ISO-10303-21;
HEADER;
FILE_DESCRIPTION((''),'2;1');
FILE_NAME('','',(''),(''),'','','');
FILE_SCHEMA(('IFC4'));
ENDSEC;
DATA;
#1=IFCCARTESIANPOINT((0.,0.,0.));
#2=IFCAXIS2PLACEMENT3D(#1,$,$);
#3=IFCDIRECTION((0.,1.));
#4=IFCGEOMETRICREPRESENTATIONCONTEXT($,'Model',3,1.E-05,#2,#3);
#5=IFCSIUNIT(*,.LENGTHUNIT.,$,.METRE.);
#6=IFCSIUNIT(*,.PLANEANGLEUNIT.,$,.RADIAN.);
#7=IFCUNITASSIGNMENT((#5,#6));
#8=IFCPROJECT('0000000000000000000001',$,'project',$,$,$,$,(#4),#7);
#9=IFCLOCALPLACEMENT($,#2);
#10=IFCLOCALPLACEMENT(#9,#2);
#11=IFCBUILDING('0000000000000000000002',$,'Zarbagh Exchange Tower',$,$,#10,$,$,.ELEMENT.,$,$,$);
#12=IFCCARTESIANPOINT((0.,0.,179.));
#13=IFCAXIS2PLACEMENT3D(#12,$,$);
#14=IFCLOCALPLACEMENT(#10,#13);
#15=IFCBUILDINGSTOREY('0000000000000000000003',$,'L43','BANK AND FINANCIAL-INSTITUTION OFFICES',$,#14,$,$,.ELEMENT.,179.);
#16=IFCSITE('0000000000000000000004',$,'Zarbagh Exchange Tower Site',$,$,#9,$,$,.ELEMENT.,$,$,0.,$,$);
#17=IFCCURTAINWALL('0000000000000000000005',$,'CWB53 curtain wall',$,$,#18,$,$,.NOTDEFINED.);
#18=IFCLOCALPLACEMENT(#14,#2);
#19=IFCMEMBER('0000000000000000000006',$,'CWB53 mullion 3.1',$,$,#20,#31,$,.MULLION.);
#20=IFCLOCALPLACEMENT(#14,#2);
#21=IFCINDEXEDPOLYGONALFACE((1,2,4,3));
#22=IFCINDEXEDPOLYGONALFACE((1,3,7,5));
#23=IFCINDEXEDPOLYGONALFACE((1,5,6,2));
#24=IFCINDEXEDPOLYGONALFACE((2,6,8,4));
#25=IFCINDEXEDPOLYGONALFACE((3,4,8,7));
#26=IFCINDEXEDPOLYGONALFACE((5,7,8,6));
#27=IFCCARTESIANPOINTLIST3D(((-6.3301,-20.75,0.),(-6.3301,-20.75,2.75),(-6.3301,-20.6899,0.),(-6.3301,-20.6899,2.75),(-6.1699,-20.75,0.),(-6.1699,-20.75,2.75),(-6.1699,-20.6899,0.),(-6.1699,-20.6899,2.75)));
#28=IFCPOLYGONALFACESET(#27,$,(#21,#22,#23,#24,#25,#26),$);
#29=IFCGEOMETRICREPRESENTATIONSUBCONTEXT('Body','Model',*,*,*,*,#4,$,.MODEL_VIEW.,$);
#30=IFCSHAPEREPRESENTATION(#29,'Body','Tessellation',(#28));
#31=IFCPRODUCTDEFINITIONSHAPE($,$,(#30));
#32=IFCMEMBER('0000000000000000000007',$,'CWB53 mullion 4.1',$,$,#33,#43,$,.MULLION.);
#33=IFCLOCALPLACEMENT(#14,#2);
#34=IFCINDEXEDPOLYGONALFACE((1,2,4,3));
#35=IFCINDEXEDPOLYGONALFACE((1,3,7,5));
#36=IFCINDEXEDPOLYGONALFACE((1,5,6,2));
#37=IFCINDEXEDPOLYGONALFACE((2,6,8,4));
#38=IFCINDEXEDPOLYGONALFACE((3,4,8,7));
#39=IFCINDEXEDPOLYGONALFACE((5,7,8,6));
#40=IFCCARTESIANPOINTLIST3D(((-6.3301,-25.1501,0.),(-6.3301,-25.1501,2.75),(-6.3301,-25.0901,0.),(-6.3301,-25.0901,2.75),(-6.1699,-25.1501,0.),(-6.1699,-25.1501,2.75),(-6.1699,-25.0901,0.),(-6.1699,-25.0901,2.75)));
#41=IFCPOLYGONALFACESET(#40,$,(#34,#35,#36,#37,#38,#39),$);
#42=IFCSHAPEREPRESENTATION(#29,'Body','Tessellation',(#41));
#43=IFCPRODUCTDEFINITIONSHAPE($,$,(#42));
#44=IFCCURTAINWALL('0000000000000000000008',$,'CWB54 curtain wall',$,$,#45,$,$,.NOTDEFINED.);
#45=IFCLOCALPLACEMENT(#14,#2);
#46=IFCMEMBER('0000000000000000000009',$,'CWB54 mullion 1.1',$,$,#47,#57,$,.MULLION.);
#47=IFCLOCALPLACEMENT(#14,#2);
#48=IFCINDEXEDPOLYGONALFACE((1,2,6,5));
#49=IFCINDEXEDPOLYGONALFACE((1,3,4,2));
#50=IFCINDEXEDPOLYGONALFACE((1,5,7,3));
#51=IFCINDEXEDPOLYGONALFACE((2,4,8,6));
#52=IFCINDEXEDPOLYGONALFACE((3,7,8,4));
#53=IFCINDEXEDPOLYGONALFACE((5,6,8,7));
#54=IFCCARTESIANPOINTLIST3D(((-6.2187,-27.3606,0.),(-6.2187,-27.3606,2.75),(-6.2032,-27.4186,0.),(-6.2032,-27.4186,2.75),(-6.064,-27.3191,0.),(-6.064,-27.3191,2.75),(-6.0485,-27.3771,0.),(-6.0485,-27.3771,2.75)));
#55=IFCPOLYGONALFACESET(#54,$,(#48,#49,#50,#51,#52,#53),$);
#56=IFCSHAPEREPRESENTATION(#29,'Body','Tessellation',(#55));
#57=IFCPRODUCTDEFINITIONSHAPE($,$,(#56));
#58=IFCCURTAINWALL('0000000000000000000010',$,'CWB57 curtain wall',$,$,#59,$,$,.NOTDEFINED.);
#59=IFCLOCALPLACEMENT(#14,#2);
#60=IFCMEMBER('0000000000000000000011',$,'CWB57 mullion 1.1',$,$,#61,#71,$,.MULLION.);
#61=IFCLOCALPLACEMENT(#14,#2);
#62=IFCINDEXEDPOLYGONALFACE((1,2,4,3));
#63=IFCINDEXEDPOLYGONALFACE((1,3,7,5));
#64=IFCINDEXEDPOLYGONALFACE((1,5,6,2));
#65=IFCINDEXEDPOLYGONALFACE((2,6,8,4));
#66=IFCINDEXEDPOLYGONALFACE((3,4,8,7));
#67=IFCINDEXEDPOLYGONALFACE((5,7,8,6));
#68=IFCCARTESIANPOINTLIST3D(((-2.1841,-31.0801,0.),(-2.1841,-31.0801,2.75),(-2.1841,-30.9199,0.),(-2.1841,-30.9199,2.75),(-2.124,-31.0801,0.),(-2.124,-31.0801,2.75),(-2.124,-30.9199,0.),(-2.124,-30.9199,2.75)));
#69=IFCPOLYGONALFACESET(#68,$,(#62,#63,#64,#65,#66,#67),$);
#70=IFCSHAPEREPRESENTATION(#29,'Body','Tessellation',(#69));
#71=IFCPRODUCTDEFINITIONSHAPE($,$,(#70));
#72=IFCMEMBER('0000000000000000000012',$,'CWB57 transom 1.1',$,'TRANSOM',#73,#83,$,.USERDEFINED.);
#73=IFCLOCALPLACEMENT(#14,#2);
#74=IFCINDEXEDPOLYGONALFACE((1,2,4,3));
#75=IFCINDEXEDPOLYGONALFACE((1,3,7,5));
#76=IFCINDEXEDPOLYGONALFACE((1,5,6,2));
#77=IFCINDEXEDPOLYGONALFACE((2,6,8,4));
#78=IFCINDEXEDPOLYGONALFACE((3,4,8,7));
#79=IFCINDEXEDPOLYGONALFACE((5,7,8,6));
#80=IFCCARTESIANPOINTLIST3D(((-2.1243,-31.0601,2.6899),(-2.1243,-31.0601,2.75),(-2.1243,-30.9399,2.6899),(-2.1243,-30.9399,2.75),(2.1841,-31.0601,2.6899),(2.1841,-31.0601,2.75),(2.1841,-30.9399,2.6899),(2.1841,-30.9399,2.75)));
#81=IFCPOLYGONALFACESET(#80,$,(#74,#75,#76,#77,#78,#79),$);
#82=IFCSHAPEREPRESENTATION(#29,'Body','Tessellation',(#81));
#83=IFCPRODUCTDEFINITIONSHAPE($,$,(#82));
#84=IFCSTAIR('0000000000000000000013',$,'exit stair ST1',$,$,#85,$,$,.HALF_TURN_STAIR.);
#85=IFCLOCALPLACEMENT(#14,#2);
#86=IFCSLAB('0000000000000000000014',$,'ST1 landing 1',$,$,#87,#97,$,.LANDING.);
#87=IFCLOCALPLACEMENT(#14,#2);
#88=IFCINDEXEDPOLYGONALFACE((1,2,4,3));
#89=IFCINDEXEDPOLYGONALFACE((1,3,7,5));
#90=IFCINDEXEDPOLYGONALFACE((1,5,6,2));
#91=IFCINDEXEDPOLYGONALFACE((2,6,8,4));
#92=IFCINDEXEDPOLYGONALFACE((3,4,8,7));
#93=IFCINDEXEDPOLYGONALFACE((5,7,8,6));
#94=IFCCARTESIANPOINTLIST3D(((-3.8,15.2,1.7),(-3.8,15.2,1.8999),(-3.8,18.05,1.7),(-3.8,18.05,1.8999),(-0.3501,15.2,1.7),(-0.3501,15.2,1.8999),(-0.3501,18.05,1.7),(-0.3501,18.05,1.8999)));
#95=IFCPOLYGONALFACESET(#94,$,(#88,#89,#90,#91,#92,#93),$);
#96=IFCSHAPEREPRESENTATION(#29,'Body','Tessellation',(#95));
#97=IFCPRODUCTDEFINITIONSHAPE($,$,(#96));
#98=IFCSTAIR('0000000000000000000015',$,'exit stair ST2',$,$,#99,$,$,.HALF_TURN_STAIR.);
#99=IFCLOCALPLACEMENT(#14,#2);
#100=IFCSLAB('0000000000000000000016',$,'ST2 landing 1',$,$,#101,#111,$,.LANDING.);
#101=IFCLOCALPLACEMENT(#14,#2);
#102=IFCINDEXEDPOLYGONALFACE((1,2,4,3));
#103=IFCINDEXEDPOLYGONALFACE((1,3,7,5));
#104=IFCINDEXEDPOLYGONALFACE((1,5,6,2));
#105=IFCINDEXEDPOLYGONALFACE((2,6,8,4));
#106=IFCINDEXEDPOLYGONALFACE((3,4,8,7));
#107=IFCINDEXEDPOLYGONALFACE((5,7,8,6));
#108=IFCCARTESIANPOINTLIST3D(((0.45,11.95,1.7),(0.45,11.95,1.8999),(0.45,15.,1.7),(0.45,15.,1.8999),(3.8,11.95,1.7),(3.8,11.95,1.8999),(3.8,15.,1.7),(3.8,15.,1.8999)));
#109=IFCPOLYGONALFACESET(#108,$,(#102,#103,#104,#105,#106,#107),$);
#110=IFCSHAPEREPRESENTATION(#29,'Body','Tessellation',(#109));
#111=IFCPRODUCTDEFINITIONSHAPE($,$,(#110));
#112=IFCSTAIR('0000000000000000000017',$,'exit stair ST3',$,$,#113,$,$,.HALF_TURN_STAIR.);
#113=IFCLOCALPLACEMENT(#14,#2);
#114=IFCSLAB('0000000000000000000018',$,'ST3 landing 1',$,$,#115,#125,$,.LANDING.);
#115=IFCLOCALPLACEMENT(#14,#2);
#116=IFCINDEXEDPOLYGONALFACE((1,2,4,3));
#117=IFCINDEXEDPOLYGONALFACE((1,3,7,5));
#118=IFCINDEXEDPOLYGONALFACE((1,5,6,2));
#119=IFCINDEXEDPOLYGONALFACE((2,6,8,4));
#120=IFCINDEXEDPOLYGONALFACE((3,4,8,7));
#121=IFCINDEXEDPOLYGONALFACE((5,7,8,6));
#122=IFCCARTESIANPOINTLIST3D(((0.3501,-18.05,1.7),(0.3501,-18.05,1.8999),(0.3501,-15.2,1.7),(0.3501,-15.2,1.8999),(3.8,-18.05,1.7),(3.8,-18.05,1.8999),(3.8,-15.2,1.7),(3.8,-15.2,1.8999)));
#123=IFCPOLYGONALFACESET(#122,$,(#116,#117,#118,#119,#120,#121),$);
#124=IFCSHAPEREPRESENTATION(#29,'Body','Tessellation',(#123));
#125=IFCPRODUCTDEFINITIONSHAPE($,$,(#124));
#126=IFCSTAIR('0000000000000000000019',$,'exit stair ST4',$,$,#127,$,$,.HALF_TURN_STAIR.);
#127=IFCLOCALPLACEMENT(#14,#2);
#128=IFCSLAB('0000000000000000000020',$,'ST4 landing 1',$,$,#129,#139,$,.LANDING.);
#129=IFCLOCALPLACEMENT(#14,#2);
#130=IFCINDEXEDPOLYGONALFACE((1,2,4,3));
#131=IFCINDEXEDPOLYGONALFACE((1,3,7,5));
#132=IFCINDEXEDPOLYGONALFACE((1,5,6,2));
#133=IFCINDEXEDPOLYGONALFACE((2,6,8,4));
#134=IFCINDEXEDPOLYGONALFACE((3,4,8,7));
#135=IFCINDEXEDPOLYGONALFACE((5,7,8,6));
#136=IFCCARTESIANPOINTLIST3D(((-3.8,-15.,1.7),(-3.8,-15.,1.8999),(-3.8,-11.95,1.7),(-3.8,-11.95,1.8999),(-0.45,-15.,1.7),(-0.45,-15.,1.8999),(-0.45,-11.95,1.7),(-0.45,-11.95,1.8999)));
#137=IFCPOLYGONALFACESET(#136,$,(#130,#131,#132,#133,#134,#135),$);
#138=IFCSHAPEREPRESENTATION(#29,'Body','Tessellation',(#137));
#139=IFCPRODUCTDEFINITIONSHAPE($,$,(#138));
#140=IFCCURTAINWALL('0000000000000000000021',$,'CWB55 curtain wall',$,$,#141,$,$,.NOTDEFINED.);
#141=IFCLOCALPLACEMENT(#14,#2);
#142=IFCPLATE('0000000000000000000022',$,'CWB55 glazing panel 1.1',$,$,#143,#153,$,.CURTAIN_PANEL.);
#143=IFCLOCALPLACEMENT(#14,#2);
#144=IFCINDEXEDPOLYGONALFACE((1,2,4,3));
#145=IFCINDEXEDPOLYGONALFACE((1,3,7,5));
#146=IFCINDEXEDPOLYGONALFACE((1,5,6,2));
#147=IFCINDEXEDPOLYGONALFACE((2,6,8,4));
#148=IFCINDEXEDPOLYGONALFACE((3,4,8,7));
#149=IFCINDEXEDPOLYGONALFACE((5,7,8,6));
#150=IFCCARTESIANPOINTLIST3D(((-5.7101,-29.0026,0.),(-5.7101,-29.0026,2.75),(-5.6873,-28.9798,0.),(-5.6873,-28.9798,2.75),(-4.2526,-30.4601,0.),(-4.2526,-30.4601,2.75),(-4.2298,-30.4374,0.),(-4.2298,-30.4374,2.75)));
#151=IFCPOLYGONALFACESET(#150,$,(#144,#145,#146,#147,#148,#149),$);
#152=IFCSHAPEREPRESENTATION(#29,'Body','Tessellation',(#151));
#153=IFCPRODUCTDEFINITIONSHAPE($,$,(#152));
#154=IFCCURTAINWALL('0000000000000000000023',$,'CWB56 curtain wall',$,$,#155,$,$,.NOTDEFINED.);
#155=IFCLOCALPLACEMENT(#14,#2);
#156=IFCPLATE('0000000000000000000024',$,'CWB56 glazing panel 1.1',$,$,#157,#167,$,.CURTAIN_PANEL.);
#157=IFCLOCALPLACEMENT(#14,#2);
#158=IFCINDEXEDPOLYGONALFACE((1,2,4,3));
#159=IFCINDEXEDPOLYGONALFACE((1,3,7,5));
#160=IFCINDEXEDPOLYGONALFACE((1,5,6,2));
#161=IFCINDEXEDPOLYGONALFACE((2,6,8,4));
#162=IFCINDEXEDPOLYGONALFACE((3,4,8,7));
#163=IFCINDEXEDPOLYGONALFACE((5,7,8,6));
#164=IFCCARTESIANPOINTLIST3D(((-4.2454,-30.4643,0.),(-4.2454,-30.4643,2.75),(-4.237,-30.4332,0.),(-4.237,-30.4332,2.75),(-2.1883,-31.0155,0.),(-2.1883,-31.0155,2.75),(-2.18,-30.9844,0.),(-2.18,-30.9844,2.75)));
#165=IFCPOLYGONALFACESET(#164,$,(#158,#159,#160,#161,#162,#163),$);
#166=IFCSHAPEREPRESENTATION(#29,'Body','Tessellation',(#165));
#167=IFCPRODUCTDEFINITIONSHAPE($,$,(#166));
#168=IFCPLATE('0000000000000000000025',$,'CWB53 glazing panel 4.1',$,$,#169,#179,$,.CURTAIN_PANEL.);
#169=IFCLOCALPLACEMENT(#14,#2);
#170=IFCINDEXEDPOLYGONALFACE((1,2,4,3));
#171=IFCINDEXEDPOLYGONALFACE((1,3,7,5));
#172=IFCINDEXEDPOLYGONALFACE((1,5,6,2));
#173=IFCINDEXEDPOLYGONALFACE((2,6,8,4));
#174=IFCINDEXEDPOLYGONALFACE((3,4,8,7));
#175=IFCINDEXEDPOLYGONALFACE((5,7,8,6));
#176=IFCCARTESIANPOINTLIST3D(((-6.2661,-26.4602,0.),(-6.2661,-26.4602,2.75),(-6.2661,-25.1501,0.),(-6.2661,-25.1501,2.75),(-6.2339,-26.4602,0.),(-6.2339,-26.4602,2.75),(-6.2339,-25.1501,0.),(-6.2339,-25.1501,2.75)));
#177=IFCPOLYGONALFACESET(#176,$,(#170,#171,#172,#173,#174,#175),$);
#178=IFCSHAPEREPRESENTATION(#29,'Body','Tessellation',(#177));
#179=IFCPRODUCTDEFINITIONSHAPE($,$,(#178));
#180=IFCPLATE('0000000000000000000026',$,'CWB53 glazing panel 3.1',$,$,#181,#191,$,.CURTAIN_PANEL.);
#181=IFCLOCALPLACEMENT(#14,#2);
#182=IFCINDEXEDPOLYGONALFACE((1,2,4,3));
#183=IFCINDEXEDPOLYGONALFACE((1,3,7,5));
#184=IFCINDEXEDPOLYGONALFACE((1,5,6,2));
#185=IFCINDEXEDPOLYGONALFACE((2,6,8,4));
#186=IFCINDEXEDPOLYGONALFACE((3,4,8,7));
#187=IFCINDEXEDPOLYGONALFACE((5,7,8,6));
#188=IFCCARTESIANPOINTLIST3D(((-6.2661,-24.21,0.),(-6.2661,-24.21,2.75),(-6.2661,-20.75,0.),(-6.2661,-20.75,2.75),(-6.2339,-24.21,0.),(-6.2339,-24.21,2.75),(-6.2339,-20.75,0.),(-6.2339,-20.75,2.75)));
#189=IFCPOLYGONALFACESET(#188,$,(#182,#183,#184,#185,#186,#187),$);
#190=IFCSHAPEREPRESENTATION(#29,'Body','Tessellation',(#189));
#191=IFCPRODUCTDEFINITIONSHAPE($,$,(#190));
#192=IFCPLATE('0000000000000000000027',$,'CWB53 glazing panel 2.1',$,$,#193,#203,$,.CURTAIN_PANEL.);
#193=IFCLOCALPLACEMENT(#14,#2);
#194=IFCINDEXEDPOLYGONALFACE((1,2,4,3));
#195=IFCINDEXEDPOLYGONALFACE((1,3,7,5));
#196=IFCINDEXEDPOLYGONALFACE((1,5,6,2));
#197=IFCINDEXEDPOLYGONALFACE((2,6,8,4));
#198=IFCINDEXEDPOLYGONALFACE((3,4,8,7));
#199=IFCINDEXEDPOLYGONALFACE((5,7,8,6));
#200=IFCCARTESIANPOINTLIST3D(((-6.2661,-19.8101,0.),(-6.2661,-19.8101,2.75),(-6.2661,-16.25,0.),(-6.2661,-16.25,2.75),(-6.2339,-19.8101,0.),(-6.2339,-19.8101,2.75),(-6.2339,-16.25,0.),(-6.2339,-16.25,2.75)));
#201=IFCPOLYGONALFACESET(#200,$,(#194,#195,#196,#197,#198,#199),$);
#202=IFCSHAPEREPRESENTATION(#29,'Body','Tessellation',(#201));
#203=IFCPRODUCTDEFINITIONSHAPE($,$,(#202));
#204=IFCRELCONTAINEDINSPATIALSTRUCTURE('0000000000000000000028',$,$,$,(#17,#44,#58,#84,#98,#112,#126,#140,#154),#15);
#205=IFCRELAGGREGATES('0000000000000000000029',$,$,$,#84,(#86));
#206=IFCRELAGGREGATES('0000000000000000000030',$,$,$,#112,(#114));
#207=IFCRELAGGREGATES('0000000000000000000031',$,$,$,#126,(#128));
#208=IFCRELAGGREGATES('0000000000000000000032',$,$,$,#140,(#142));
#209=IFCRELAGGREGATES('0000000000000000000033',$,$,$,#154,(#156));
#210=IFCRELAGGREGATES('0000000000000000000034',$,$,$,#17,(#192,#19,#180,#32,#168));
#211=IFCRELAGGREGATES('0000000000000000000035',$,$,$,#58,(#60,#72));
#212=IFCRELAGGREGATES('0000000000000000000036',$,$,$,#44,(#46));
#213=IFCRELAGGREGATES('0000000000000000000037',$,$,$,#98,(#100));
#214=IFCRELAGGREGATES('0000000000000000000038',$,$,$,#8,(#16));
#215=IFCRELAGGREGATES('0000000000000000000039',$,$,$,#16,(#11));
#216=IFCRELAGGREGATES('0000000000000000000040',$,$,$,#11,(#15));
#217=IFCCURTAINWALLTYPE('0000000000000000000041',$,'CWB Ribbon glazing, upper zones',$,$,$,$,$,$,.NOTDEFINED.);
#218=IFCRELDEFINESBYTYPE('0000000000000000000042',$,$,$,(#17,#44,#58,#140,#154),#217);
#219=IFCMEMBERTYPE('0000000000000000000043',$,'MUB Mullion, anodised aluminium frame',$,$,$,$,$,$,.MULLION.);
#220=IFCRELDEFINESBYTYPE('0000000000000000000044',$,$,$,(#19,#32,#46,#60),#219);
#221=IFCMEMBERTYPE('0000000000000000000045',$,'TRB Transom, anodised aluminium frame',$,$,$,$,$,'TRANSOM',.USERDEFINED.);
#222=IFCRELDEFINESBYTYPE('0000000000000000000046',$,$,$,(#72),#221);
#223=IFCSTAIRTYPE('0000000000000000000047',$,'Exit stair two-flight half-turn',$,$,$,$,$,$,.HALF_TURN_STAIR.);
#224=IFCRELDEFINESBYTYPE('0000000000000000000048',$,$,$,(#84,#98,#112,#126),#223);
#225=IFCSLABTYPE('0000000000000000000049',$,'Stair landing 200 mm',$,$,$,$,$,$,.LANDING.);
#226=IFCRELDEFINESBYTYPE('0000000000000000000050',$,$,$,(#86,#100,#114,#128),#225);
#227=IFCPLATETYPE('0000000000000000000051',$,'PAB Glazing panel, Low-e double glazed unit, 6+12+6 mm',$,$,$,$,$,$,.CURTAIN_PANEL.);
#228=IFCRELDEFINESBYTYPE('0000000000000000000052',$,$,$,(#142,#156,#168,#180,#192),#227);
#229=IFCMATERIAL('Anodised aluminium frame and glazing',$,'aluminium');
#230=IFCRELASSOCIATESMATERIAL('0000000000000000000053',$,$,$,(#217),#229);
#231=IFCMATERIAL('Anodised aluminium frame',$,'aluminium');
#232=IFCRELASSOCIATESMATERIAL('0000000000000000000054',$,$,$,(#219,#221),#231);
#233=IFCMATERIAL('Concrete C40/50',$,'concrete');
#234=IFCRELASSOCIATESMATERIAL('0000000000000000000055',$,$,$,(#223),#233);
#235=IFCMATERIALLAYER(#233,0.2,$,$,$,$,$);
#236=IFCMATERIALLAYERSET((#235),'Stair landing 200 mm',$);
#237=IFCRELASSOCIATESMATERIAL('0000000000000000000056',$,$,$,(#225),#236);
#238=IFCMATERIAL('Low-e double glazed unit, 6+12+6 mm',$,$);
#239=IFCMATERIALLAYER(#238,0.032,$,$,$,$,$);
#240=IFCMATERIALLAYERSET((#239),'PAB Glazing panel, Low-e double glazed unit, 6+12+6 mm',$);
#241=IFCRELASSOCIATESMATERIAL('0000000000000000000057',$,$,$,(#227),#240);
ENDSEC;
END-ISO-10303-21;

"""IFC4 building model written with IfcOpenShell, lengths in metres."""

from ifc_helpers import new_model, si_unit, direction, frame, origin, place, context, subcontext, project, spatial, polyline, outline, extrude, source, transform, mapped, material, layer, layer_set, type_object, element, aggregate, save


model = new_model("IFC4")

# Units and contexts
model_context = context("Model", 3, precision=1e-05, world=origin(), true_north=direction((0.0, 1.0)))
body_context = subcontext(model_context, "Body", "Model", "MODEL_VIEW")
ifc_project = project(units=[si_unit("LENGTHUNIT", "METRE"), si_unit("PLANEANGLEUNIT", "RADIAN")], contexts=[model_context])

# Site, building, storey
site_placement = place(None, origin())
site = spatial("IfcSite", under=ifc_project, at=site_placement, Name="Zarbagh Exchange Tower Site", CompositionType="ELEMENT", RefElevation=0.0)
building_placement = place(site_placement, origin())
building = spatial("IfcBuilding", under=site, at=building_placement, Name="Zarbagh Exchange Tower", CompositionType="ELEMENT")
storey_placement = place(building_placement, frame((0.0, 0.0, 179.0)))
storey = spatial("IfcBuildingStorey", under=building, at=storey_placement, Name="L43", Description="BANK AND FINANCIAL-INSTITUTION OFFICES", CompositionType="ELEMENT", Elevation=179.0)

# Curtain wall, members
ifc_material_1 = material(Name="Anodised aluminium frame and glazing", Category="aluminium")
curtain_wall_type = type_object("IfcCurtainWallType", Name="CWB Ribbon glazing, upper zones", PredefinedType="NOTDEFINED", material=ifc_material_1)
curtain_wall_1_placement = place(storey_placement, origin())
curtain_wall_1 = element("IfcCurtainWall", 1, at=curtain_wall_1_placement, inside=storey, type_object=curtain_wall_type, Name="CWB53 curtain wall", PredefinedType="NOTDEFINED")
ifc_material_2 = material(Name="Anodised aluminium frame", Category="aluminium")
member_type_1 = type_object("IfcMemberType", Name="MUB Mullion, anodised aluminium frame", PredefinedType="MULLION", material=ifc_material_2)
shared_shape_1 = source(origin(), body_context, "Body", "SweptSolid", [
    extrude(outline(polyline([(0.0, -0.0801), (0.0601, -0.0801), (0.0601, 0.0801), (0.0, 0.0801), (0.0, -0.0801)])), origin(), (0.0, 0.0, 1.0), 2.75),
])
placement = place(storey_placement, origin())
member_1 = element("IfcMember", 2, at=placement, type_object=member_type_1, Name="CWB53 mullion 3.1", PredefinedType="MULLION", context=body_context, shape_type="MappedRepresentation", body=[
    mapped(shared_shape_1, transform((-6.25, -20.6899, 0.0), x_axis=(0.0, -1.0, 0.0), y_axis=(1.0, 0.0, 0.0), z_axis=(0.0, 0.0, 1.0))),
])
member_2 = element("IfcMember", 3, at=placement, type_object=member_type_1, Name="CWB53 mullion 4.1", PredefinedType="MULLION", context=body_context, shape_type="MappedRepresentation", body=[
    mapped(shared_shape_1, transform((-6.25, -25.0901, 0.0), x_axis=(0.0, -1.0, 0.0), y_axis=(1.0, 0.0, 0.0), z_axis=(0.0, 0.0, 1.0))),
])

# Curtain wall, member
curtain_wall_2_placement = place(storey_placement, origin())
curtain_wall_2 = element("IfcCurtainWall", 4, at=curtain_wall_2_placement, inside=storey, type_object=curtain_wall_type, Name="CWB54 curtain wall", PredefinedType="NOTDEFINED")
member_3 = element("IfcMember", 5, at=placement, type_object=member_type_1, Name="CWB54 mullion 1.1", PredefinedType="MULLION", context=body_context, shape_type="MappedRepresentation", body=[
    mapped(shared_shape_1, transform((-6.1414, -27.3398, 0.0), x_axis=(0.258825, -0.965924, 0.0), y_axis=(0.965924, 0.258825, 0.0), z_axis=(0.0, 0.0, 1.0))),
])

# Curtain wall, members
curtain_wall_3_placement = place(storey_placement, origin())
curtain_wall_3 = element("IfcCurtainWall", 6, at=curtain_wall_3_placement, inside=storey, type_object=curtain_wall_type, Name="CWB57 curtain wall", PredefinedType="NOTDEFINED")
member_4 = element("IfcMember", 7, at=placement, type_object=member_type_1, Name="CWB57 mullion 1.1", PredefinedType="MULLION", context=body_context, shape_type="MappedRepresentation", body=[
    mapped(shared_shape_1, transform((-2.1841, -31.0, 0.0), x_axis=(1.0, 0.0, 0.0), y_axis=(0.0, 1.0, 0.0), z_axis=(0.0, 0.0, 1.0))),
])
member_type_2 = type_object("IfcMemberType", Name="TRB Transom, anodised aluminium frame", ElementType="TRANSOM", PredefinedType="USERDEFINED", material=ifc_material_2)
shared_shape_2 = source(origin(), body_context, "Body", "SweptSolid", [
    extrude(outline(polyline([(-0.0601, -0.0601), (0.0, -0.0601), (0.0, 0.0601), (-0.0601, 0.0601), (-0.0601, -0.0601)])), origin(), (0.0, 0.0, 1.0), 4.3083),
])
member_5 = element("IfcMember", 8, at=placement, type_object=member_type_2, Name="CWB57 transom 1.1", ObjectType="TRANSOM", PredefinedType="USERDEFINED", context=body_context, shape_type="MappedRepresentation", body=[
    mapped(shared_shape_2, transform((-2.1243, -31.0, 2.75), x_axis=(0.0, 0.0, 1.0), y_axis=(0.0, -1.0, 0.0), z_axis=(1.0, 0.0, 0.0))),
])

# Stairs, slabs
ifc_material_3 = material(Name="Concrete C40/50", Category="concrete")
stair_type = type_object("IfcStairType", Name="Exit stair two-flight half-turn", PredefinedType="HALF_TURN_STAIR", material=ifc_material_3)
stair_1_placement = place(storey_placement, origin())
stair_1 = element("IfcStair", 9, at=stair_1_placement, inside=storey, type_object=stair_type, Name="exit stair ST1", PredefinedType="HALF_TURN_STAIR")
ifc_layer_1 = layer(ifc_material_3, 0.2)
ifc_layer_set_1 = layer_set([ifc_layer_1], Name="Stair landing 200 mm")
slab_type = type_object("IfcSlabType", Name="Stair landing 200 mm", PredefinedType="LANDING", material=ifc_layer_set_1)
slab_1_placement = place(storey_placement, frame((0.0, 0.0, 1.7)))
slab_1 = element("IfcSlab", 10, at=slab_1_placement, type_object=slab_type, Name="ST1 landing 1", PredefinedType="LANDING", context=body_context, shape_type="SweptSolid", body=[
    extrude(outline(polyline([(-0.3501, 18.05), (-3.8, 18.05), (-3.8, 15.2), (-0.3501, 15.2), (-0.3501, 18.05)])), origin(), (0.0, 0.0, 1.0), 0.2),
])
aggregate(stair_1, [slab_1])
stair_2_placement = place(storey_placement, origin())
stair_2 = element("IfcStair", 11, at=stair_2_placement, inside=storey, type_object=stair_type, Name="exit stair ST2", PredefinedType="HALF_TURN_STAIR")
slab_2_placement = place(storey_placement, frame((0.0, 0.0, 1.7)))
slab_2 = element("IfcSlab", 12, at=slab_2_placement, type_object=slab_type, Name="ST2 landing 1", PredefinedType="LANDING", context=body_context, shape_type="SweptSolid", body=[
    extrude(outline(polyline([(0.45, 11.95), (3.8, 11.95), (3.8, 15.0), (0.45, 15.0), (0.45, 11.95)])), origin(), (0.0, 0.0, 1.0), 0.2),
])
stair_3_placement = place(storey_placement, origin())
stair_3 = element("IfcStair", 13, at=stair_3_placement, inside=storey, type_object=stair_type, Name="exit stair ST3", PredefinedType="HALF_TURN_STAIR")
slab_3_placement = place(storey_placement, frame((0.0, 0.0, 1.7)))
slab_3 = element("IfcSlab", 14, at=slab_3_placement, type_object=slab_type, Name="ST3 landing 1", PredefinedType="LANDING", context=body_context, shape_type="SweptSolid", body=[
    extrude(outline(polyline([(0.3501, -18.05), (3.8, -18.05), (3.8, -15.2), (0.3501, -15.2), (0.3501, -18.05)])), origin(), (0.0, 0.0, 1.0), 0.2),
])
aggregate(stair_3, [slab_3])
stair_4_placement = place(storey_placement, origin())
stair_4 = element("IfcStair", 15, at=stair_4_placement, inside=storey, type_object=stair_type, Name="exit stair ST4", PredefinedType="HALF_TURN_STAIR")
slab_4_placement = place(storey_placement, frame((0.0, 0.0, 1.7)))
slab_4 = element("IfcSlab", 16, at=slab_4_placement, type_object=slab_type, Name="ST4 landing 1", PredefinedType="LANDING", context=body_context, shape_type="SweptSolid", body=[
    extrude(outline(polyline([(-0.45, -11.95), (-3.8, -11.95), (-3.8, -15.0), (-0.45, -15.0), (-0.45, -11.95)])), origin(), (0.0, 0.0, 1.0), 0.2),
])
aggregate(stair_4, [slab_4])

# Curtain walls, plates
curtain_wall_4_placement = place(storey_placement, origin())
curtain_wall_4 = element("IfcCurtainWall", 17, at=curtain_wall_4_placement, inside=storey, type_object=curtain_wall_type, Name="CWB55 curtain wall", PredefinedType="NOTDEFINED")
ifc_material_4 = material(Name="Low-e double glazed unit, 6+12+6 mm")
ifc_layer_2 = layer(ifc_material_4, 0.032)
ifc_layer_set_2 = layer_set([ifc_layer_2], Name="PAB Glazing panel, Low-e double glazed unit, 6+12+6 mm")
plate_type = type_object("IfcPlateType", Name="PAB Glazing panel, Low-e double glazed unit, 6+12+6 mm", PredefinedType="CURTAIN_PANEL", material=ifc_layer_set_2)
shared_shape_3 = source(origin(), body_context, "Body", "SweptSolid", [
    extrude(outline(polyline([(0.0, -0.0161), (2.0613, -0.0161), (2.0613, 0.0161), (0.0, 0.0161), (0.0, -0.0161)])), origin(), (0.0, 0.0, 1.0), 2.75),
])
plate_1 = element("IfcPlate", 18, at=placement, type_object=plate_type, Name="CWB55 glazing panel 1.1", PredefinedType="CURTAIN_PANEL", context=body_context, shape_type="MappedRepresentation", body=[
    mapped(shared_shape_3, transform((-5.6987, -28.9912, 0.0), x_axis=(0.707107, -0.707107, 0.0), y_axis=(0.707107, 0.707107, 0.0), z_axis=(0.0, 0.0, 1.0))),
])
aggregate(curtain_wall_4, [plate_1])
curtain_wall_5_placement = place(storey_placement, origin())
curtain_wall_5 = element("IfcCurtainWall", 19, at=curtain_wall_5_placement, inside=storey, type_object=curtain_wall_type, Name="CWB56 curtain wall", PredefinedType="NOTDEFINED")
shared_shape_4 = source(origin(), body_context, "Body", "SweptSolid", [
    extrude(outline(polyline([(0.0, -0.0161), (2.1296, -0.0161), (2.1296, 0.0161), (0.0, 0.0161), (0.0, -0.0161)])), origin(), (0.0, 0.0, 1.0), 2.75),
])
plate_2 = element("IfcPlate", 20, at=placement, type_object=plate_type, Name="CWB56 glazing panel 1.1", PredefinedType="CURTAIN_PANEL", context=body_context, shape_type="MappedRepresentation", body=[
    mapped(shared_shape_4, transform((-4.2412, -30.4487, 0.0), x_axis=(0.965924, -0.258825, 0.0), y_axis=(0.258825, 0.965924, 0.0), z_axis=(0.0, 0.0, 1.0))),
])
aggregate(curtain_wall_5, [plate_2])

# Plates
shared_shape_5 = source(origin(), body_context, "Body", "SweptSolid", [
    extrude(outline(polyline([(0.0, -0.0161), (1.3101, -0.0161), (1.3101, 0.0161), (0.0, 0.0161), (0.0, -0.0161)])), origin(), (0.0, 0.0, 1.0), 2.75),
])
plate_3 = element("IfcPlate", 21, at=placement, type_object=plate_type, Name="CWB53 glazing panel 4.1", PredefinedType="CURTAIN_PANEL", context=body_context, shape_type="MappedRepresentation", body=[
    mapped(shared_shape_5, transform((-6.25, -25.1501, 0.0), x_axis=(0.0, -1.0, 0.0), y_axis=(1.0, 0.0, 0.0), z_axis=(0.0, 0.0, 1.0))),
])
shared_shape_6 = source(origin(), body_context, "Body", "SweptSolid", [
    extrude(outline(polyline([(0.0, -0.0161), (3.46, -0.0161), (3.46, 0.0161), (0.0, 0.0161), (0.0, -0.0161)])), origin(), (0.0, 0.0, 1.0), 2.75),
])
plate_4 = element("IfcPlate", 22, at=placement, type_object=plate_type, Name="CWB53 glazing panel 3.1", PredefinedType="CURTAIN_PANEL", context=body_context, shape_type="MappedRepresentation", body=[
    mapped(shared_shape_6, transform((-6.25, -20.75, 0.0), x_axis=(0.0, -1.0, 0.0), y_axis=(1.0, 0.0, 0.0), z_axis=(0.0, 0.0, 1.0))),
])
shared_shape_7 = source(origin(), body_context, "Body", "SweptSolid", [
    extrude(outline(polyline([(0.0, -0.0161), (3.5601, -0.0161), (3.5601, 0.0161), (0.0, 0.0161), (0.0, -0.0161)])), origin(), (0.0, 0.0, 1.0), 2.75),
])
plate_5 = element("IfcPlate", 23, at=placement, type_object=plate_type, Name="CWB53 glazing panel 2.1", PredefinedType="CURTAIN_PANEL", context=body_context, shape_type="MappedRepresentation", body=[
    mapped(shared_shape_7, transform((-6.25, -16.25, 0.0), x_axis=(0.0, -1.0, 0.0), y_axis=(1.0, 0.0, 0.0), z_axis=(0.0, 0.0, 1.0))),
])
aggregate(curtain_wall_1, [plate_5, member_1, plate_4, member_2, plate_3])
aggregate(curtain_wall_3, [member_4, member_5])
aggregate(curtain_wall_2, [member_3])

aggregate(stair_2, [slab_2])

save(model, "model.ifc")
